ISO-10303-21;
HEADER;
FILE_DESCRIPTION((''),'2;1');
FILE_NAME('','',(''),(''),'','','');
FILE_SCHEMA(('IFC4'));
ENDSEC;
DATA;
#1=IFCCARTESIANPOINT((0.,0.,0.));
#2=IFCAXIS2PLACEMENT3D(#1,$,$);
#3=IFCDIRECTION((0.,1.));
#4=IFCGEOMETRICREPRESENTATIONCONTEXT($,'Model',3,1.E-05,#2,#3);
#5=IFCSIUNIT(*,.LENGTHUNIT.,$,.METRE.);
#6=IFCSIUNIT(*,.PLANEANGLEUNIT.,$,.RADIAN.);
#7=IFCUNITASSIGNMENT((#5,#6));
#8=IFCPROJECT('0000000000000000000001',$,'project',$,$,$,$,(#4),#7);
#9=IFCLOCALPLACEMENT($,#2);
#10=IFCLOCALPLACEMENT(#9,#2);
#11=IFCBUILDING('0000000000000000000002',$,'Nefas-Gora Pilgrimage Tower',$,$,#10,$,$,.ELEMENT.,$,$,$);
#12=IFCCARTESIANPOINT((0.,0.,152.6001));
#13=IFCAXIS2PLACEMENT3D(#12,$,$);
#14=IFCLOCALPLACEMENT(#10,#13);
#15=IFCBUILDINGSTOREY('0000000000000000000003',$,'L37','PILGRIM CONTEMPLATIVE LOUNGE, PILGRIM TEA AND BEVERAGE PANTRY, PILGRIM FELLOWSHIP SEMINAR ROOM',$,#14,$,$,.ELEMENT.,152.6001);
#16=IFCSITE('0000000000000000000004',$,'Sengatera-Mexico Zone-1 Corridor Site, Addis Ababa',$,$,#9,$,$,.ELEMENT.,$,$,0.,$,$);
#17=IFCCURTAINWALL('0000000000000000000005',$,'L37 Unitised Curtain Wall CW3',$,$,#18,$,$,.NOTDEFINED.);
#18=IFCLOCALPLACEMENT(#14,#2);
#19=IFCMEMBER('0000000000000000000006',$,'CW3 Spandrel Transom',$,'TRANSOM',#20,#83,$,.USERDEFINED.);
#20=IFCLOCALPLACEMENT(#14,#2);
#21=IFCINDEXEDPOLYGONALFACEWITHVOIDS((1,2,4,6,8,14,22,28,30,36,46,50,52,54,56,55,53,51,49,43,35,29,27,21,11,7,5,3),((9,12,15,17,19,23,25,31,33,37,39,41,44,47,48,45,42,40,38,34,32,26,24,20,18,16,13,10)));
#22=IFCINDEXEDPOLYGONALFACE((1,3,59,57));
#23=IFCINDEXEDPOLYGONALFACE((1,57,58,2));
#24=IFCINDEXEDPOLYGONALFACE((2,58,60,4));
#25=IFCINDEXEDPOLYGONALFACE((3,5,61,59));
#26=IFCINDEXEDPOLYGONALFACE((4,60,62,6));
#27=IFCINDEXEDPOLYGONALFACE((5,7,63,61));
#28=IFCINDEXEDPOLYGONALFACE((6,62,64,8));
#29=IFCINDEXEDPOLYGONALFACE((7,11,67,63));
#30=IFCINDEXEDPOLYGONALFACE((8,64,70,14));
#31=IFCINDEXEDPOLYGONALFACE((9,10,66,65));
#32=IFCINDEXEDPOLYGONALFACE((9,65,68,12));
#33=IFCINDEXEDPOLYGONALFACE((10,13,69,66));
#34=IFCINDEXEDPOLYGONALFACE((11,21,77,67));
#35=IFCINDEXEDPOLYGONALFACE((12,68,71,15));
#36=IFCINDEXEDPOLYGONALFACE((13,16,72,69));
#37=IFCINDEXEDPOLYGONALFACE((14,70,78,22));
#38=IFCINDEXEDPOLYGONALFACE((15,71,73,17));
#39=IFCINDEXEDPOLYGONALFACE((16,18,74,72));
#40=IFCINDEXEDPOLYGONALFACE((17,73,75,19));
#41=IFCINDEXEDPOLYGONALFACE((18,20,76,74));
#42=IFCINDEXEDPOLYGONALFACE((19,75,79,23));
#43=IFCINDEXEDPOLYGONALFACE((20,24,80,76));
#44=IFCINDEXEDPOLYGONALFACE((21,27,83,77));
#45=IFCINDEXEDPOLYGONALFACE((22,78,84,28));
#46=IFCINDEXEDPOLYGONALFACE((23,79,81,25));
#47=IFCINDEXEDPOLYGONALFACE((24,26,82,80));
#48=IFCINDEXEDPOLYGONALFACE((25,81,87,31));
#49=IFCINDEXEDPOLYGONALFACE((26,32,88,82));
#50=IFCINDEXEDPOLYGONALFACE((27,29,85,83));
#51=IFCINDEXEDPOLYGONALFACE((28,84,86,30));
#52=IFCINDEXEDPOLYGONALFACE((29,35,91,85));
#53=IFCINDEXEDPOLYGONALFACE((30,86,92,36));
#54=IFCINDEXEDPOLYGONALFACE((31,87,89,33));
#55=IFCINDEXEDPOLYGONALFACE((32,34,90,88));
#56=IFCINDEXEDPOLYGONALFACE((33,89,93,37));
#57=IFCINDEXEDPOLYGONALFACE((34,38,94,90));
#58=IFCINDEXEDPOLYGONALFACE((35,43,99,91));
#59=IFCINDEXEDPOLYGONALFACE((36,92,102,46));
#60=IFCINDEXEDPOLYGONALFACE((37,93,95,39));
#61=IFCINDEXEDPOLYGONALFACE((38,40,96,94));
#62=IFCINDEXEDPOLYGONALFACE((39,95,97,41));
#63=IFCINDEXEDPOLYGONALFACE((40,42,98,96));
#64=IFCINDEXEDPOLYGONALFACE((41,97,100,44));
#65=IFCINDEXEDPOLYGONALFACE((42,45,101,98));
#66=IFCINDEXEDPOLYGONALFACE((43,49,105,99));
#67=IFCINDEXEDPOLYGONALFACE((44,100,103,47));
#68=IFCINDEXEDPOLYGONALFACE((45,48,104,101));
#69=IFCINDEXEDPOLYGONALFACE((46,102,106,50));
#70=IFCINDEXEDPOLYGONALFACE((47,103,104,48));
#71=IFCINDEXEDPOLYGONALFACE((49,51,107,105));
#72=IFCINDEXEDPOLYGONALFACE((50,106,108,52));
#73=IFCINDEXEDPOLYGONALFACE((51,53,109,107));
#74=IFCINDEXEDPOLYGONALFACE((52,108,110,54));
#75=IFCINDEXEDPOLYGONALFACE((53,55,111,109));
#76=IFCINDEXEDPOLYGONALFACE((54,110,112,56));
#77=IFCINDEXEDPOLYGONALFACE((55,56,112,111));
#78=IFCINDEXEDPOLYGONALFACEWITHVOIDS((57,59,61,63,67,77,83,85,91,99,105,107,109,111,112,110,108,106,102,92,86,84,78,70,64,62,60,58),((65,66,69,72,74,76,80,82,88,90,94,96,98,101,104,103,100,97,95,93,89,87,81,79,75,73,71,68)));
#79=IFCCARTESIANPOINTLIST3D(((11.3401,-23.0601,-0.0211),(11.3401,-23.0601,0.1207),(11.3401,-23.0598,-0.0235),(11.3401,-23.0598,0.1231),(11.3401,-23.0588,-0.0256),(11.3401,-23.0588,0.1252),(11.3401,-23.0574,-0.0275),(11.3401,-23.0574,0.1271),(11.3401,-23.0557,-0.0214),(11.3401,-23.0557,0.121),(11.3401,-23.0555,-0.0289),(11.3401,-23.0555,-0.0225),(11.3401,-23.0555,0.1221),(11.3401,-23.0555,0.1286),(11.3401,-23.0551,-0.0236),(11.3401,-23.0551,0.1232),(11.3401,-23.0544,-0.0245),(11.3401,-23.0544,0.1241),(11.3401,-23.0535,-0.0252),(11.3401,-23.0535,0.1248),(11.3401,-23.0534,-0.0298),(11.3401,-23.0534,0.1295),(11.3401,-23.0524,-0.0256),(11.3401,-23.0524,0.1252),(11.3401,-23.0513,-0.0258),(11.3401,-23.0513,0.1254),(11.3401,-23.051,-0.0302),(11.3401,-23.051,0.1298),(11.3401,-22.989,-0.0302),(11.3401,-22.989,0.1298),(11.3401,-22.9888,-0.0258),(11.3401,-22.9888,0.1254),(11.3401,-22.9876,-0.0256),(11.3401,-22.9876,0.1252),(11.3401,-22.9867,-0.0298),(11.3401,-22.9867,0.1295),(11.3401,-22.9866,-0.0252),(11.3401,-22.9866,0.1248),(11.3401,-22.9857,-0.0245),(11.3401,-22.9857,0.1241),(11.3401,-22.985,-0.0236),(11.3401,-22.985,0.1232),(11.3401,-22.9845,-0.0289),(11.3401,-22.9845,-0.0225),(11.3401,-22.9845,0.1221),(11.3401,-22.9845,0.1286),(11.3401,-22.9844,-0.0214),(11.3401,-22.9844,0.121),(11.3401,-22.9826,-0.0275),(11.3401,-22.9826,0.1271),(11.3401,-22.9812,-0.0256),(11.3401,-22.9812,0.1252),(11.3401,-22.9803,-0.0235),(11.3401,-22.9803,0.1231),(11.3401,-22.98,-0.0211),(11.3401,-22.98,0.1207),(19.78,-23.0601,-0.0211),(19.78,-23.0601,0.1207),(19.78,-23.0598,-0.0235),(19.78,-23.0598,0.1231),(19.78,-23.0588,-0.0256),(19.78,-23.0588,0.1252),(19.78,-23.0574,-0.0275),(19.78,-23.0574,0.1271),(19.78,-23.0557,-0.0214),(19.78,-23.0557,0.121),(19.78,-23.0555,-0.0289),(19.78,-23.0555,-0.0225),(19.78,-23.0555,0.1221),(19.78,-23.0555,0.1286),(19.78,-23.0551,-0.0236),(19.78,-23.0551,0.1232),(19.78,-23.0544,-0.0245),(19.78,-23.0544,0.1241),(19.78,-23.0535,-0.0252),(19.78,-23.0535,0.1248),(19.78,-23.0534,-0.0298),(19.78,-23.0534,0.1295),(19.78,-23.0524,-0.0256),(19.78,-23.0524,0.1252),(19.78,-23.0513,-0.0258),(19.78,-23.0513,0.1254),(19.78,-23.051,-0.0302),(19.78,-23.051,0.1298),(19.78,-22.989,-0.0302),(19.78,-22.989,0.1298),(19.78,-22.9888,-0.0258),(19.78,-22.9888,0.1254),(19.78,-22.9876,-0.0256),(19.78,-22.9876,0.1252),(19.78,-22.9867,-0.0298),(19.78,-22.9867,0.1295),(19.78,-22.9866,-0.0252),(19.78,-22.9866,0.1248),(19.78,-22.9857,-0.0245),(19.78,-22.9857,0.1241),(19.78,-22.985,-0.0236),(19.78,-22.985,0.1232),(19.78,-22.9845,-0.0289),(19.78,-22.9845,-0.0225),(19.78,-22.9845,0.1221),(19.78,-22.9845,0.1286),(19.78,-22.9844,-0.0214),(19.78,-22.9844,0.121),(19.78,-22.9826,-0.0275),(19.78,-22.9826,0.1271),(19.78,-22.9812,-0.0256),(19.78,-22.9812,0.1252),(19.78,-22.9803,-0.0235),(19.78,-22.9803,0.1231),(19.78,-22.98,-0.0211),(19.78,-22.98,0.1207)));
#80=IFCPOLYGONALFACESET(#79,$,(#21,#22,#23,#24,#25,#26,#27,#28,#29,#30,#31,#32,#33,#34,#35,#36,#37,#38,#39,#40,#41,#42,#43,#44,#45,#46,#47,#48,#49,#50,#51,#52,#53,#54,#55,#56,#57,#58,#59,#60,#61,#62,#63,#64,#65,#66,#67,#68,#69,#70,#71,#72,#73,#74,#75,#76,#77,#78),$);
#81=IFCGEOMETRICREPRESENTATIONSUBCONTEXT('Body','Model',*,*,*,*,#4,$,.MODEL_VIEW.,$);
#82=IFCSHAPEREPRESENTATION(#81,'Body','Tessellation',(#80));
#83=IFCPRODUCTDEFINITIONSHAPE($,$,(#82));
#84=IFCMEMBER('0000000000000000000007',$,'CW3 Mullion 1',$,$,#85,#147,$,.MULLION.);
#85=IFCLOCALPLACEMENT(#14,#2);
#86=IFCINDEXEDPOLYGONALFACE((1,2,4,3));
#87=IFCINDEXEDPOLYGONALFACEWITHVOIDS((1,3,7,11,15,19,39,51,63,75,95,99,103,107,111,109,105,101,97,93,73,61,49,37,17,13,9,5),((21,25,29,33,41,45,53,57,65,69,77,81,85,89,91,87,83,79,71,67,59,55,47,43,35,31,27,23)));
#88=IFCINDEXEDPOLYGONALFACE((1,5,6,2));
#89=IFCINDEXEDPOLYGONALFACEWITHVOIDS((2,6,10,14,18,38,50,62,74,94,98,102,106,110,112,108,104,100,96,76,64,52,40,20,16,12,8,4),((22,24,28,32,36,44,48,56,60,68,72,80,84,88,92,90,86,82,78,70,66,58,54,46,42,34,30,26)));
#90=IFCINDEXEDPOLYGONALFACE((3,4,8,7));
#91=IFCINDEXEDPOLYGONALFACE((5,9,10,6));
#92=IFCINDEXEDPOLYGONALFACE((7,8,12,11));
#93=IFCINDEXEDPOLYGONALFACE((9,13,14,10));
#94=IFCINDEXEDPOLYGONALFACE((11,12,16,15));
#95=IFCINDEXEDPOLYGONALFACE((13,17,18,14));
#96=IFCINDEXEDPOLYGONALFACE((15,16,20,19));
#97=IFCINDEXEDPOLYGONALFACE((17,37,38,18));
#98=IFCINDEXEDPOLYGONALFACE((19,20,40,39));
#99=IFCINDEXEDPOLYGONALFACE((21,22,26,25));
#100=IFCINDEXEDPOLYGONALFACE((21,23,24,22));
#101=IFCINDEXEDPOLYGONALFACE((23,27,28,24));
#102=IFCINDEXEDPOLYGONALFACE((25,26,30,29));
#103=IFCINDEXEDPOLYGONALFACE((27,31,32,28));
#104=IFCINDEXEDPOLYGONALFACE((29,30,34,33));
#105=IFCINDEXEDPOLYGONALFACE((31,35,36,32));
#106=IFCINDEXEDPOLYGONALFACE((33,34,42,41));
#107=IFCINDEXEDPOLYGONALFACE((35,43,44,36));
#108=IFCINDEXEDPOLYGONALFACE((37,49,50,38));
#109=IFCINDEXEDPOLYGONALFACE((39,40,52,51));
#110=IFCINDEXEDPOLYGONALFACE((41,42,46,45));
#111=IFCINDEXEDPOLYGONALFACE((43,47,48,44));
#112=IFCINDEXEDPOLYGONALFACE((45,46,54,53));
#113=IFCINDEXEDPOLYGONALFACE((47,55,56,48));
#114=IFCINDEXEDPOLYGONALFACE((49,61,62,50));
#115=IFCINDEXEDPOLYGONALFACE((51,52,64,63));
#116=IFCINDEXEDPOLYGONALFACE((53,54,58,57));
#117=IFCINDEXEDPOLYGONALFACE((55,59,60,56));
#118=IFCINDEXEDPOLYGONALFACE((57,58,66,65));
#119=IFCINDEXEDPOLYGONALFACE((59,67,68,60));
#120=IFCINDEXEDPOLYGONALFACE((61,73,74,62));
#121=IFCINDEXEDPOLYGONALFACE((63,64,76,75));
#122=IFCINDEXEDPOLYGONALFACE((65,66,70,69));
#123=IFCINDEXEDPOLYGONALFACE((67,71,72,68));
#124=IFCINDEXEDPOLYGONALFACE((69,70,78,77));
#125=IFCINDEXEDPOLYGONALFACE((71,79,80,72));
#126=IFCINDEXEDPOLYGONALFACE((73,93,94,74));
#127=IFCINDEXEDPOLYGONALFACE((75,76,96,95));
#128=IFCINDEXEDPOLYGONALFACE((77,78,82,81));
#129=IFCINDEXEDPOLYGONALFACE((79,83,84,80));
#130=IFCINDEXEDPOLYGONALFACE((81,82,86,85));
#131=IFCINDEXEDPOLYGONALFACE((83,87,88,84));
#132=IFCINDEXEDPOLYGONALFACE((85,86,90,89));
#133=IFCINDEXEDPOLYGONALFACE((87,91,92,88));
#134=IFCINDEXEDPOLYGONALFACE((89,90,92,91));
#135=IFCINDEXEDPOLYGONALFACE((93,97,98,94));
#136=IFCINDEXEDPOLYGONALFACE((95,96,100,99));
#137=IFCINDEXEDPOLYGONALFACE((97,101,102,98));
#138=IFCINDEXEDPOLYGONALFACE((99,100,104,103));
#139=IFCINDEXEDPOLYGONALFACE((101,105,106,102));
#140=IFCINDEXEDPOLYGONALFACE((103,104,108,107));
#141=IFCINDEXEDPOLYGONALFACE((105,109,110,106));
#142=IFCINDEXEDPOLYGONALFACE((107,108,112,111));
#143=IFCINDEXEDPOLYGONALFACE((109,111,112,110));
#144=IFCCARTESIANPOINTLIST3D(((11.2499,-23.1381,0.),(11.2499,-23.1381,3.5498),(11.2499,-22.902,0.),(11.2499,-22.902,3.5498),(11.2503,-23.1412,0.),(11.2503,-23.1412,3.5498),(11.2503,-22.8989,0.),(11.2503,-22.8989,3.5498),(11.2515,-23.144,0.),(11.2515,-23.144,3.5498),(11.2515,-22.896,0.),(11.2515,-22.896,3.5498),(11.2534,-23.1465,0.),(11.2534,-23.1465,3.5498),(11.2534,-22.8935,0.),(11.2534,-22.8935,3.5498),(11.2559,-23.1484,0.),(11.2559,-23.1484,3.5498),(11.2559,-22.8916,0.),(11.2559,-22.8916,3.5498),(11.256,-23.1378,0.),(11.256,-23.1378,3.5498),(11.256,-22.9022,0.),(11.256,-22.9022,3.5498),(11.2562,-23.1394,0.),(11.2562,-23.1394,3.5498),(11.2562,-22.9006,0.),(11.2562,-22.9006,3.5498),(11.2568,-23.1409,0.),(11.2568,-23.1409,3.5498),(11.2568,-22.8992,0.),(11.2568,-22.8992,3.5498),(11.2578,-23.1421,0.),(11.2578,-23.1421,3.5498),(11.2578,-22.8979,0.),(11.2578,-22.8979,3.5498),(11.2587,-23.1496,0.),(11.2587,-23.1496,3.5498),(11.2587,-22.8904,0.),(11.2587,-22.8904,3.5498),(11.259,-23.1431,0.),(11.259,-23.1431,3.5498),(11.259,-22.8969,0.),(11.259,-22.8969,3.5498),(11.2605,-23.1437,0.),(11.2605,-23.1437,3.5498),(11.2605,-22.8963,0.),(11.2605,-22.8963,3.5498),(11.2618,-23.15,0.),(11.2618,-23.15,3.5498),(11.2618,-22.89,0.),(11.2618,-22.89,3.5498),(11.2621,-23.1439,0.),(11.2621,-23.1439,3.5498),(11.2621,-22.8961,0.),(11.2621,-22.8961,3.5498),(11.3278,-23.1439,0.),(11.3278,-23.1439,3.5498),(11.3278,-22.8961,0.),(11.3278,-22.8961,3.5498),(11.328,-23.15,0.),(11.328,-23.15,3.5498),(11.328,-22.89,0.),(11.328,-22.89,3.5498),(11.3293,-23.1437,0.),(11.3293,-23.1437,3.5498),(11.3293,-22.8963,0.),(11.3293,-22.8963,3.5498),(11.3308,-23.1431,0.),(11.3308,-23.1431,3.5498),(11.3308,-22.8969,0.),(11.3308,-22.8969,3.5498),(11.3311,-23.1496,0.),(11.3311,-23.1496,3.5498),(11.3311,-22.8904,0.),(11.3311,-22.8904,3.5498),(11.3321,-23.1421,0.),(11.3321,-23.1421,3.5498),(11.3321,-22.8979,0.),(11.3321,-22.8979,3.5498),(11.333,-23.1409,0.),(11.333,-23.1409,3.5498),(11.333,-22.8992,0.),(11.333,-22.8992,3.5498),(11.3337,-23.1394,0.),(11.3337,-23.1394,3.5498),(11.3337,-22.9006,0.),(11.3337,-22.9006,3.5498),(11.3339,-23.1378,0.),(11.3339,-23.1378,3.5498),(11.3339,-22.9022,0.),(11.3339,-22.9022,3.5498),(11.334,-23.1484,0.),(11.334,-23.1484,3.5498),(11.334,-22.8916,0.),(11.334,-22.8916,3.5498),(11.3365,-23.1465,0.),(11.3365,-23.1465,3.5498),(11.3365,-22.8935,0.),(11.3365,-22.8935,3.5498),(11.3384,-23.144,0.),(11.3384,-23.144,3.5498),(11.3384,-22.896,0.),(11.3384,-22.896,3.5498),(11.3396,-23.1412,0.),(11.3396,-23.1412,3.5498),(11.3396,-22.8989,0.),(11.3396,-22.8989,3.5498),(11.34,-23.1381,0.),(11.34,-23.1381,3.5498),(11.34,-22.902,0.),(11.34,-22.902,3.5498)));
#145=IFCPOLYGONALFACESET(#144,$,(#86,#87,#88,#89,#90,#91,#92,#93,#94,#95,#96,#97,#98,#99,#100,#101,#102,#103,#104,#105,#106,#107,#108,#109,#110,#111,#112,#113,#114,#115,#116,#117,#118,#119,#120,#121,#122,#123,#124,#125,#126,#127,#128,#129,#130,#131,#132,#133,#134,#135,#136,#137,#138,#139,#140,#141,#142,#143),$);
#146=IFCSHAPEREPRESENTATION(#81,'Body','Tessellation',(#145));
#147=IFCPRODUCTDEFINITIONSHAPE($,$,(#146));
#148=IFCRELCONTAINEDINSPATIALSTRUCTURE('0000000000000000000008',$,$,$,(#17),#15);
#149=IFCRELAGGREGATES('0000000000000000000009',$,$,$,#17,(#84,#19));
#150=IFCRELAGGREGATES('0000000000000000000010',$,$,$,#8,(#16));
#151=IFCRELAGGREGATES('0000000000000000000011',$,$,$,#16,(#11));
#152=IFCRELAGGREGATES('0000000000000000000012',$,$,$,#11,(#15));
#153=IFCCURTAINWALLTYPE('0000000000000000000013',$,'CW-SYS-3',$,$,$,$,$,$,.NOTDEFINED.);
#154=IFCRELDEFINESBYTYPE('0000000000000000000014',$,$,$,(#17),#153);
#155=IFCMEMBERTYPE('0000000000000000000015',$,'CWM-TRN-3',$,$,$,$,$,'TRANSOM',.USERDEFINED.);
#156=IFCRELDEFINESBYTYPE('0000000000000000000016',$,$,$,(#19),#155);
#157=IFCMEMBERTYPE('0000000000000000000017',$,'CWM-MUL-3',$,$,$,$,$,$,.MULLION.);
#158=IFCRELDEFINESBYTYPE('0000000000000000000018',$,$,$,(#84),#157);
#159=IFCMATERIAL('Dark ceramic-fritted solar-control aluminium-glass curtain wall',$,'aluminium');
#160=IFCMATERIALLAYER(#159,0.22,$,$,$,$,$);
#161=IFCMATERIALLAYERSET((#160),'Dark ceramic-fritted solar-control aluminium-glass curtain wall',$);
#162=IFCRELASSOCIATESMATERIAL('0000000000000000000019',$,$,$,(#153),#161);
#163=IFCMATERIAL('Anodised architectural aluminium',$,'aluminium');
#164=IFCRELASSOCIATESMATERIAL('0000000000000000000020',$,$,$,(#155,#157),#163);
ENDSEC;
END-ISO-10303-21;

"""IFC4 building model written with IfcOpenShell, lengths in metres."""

from ifc_helpers import new_model, si_unit, direction, frame, origin, origin_2d, place, context, subcontext, project, spatial, hollow_rectangle, extrude, source, transform, mapped, material, layer, layer_set, material_profile, profile_set, type_object, element, aggregate, save


model = new_model("IFC4")

# Units and contexts
model_context = context("Model", 3, precision=1e-05, world=origin(), true_north=direction((0.0, 1.0)))
body_context = subcontext(model_context, "Body", "Model", "MODEL_VIEW")
ifc_project = project(units=[si_unit("LENGTHUNIT", "METRE"), si_unit("PLANEANGLEUNIT", "RADIAN")], contexts=[model_context])

# Site, building, storey
site_placement = place(None, origin())
site = spatial("IfcSite", under=ifc_project, at=site_placement, Name="Sengatera-Mexico Zone-1 Corridor Site, Addis Ababa", CompositionType="ELEMENT", RefElevation=0.0)
building_placement = place(site_placement, origin())
building = spatial("IfcBuilding", under=site, at=building_placement, Name="Nefas-Gora Pilgrimage Tower", CompositionType="ELEMENT")
storey_placement = place(building_placement, frame((0.0, 0.0, 152.6001)))
storey = spatial("IfcBuildingStorey", under=building, at=storey_placement, Name="L37", Description="PILGRIM CONTEMPLATIVE LOUNGE, PILGRIM TEA AND BEVERAGE PANTRY, PILGRIM FELLOWSHIP SEMINAR ROOM", CompositionType="ELEMENT", Elevation=152.6001)

# Curtain wall, members
ifc_material_1 = material(Name="Dark ceramic-fritted solar-control aluminium-glass curtain wall", Category="aluminium")
ifc_layer_1 = layer(ifc_material_1, 0.22)
ifc_layer_set_1 = layer_set([ifc_layer_1], Name="Dark ceramic-fritted solar-control aluminium-glass curtain wall")
curtain_wall_type = type_object("IfcCurtainWallType", Name="CW-SYS-3", PredefinedType="NOTDEFINED", material=ifc_layer_set_1)
curtain_wall_1_placement = place(storey_placement, origin())
curtain_wall_1 = element("IfcCurtainWall", 1, at=curtain_wall_1_placement, inside=storey, type_object=curtain_wall_type, Name="L37 Unitised Curtain Wall CW3", PredefinedType="NOTDEFINED")
ifc_material_2 = material(Name="Anodised architectural aluminium", Category="aluminium")
ifc_material_profile_1 = material_profile(ifc_material_2, hollow_rectangle(XDim=0.0801, YDim=0.1599, WallThickness=0.0044, InnerFilletRadius=0.0044, OuterFilletRadius=0.009, at=origin_2d()), Name="ALU TRANSOM 80x160")
ifc_profile_set_1 = profile_set([ifc_material_profile_1], Name="Anodised architectural aluminium")
member_type_1 = type_object("IfcMemberType", Name="CWM-TRN-3", ElementType="TRANSOM", PredefinedType="USERDEFINED", material=ifc_profile_set_1)
shared_shape_1 = source(origin(), body_context, "Body", "SweptSolid", [
    extrude(hollow_rectangle(XDim=0.0801, YDim=0.1599, WallThickness=0.0044, InnerFilletRadius=0.0044, OuterFilletRadius=0.009, at=origin_2d()), origin(), (0.0, 0.0, 1.0), 8.4399),
])
member_1_placement = place(storey_placement, frame((11.3401, -23.02, 0.0498), z_axis=(1.0, 0.0, 0.0), x_axis=(0.0, 1.0, 0.0)))
member_1 = element("IfcMember", 2, at=member_1_placement, type_object=member_type_1, Name="CW3 Spandrel Transom", ObjectType="TRANSOM", PredefinedType="USERDEFINED", context=body_context, shape_type="MappedRepresentation", body=[
    mapped(shared_shape_1, transform((0.0, 0.0, 0.0), x_axis=(1.0, 0.0, 0.0), y_axis=(0.0, 1.0, 0.0), z_axis=(0.0, 0.0, 1.0), scale=1.0)),
])
ifc_material_profile_2 = material_profile(ifc_material_2, hollow_rectangle(XDim=0.0901, YDim=0.26, WallThickness=0.0061, InnerFilletRadius=0.0061, OuterFilletRadius=0.012, at=origin_2d()), Name="ALU MULLION 90x260")
ifc_profile_set_2 = profile_set([ifc_material_profile_2], Name="Anodised architectural aluminium")
member_type_2 = type_object("IfcMemberType", Name="CWM-MUL-3", PredefinedType="MULLION", material=ifc_profile_set_2)
shared_shape_2 = source(origin(), body_context, "Body", "SweptSolid", [
    extrude(hollow_rectangle(XDim=0.0901, YDim=0.26, WallThickness=0.0061, InnerFilletRadius=0.0061, OuterFilletRadius=0.012, at=origin_2d()), origin(), (0.0, 0.0, 1.0), 3.5498),
])
member_2_placement = place(storey_placement, frame((11.2949, -23.02, 0.0), z_axis=(0.0, 0.0, 1.0), x_axis=(1.0, 0.0, 0.0)))
member_2 = element("IfcMember", 3, at=member_2_placement, type_object=member_type_2, Name="CW3 Mullion 1", PredefinedType="MULLION", context=body_context, shape_type="MappedRepresentation", body=[
    mapped(shared_shape_2, transform((0.0, 0.0, 0.0), x_axis=(1.0, 0.0, 0.0), y_axis=(0.0, 1.0, 0.0), z_axis=(0.0, 0.0, 1.0), scale=1.0)),
])

aggregate(curtain_wall_1, [member_2, member_1])

save(model, "model.ifc")
